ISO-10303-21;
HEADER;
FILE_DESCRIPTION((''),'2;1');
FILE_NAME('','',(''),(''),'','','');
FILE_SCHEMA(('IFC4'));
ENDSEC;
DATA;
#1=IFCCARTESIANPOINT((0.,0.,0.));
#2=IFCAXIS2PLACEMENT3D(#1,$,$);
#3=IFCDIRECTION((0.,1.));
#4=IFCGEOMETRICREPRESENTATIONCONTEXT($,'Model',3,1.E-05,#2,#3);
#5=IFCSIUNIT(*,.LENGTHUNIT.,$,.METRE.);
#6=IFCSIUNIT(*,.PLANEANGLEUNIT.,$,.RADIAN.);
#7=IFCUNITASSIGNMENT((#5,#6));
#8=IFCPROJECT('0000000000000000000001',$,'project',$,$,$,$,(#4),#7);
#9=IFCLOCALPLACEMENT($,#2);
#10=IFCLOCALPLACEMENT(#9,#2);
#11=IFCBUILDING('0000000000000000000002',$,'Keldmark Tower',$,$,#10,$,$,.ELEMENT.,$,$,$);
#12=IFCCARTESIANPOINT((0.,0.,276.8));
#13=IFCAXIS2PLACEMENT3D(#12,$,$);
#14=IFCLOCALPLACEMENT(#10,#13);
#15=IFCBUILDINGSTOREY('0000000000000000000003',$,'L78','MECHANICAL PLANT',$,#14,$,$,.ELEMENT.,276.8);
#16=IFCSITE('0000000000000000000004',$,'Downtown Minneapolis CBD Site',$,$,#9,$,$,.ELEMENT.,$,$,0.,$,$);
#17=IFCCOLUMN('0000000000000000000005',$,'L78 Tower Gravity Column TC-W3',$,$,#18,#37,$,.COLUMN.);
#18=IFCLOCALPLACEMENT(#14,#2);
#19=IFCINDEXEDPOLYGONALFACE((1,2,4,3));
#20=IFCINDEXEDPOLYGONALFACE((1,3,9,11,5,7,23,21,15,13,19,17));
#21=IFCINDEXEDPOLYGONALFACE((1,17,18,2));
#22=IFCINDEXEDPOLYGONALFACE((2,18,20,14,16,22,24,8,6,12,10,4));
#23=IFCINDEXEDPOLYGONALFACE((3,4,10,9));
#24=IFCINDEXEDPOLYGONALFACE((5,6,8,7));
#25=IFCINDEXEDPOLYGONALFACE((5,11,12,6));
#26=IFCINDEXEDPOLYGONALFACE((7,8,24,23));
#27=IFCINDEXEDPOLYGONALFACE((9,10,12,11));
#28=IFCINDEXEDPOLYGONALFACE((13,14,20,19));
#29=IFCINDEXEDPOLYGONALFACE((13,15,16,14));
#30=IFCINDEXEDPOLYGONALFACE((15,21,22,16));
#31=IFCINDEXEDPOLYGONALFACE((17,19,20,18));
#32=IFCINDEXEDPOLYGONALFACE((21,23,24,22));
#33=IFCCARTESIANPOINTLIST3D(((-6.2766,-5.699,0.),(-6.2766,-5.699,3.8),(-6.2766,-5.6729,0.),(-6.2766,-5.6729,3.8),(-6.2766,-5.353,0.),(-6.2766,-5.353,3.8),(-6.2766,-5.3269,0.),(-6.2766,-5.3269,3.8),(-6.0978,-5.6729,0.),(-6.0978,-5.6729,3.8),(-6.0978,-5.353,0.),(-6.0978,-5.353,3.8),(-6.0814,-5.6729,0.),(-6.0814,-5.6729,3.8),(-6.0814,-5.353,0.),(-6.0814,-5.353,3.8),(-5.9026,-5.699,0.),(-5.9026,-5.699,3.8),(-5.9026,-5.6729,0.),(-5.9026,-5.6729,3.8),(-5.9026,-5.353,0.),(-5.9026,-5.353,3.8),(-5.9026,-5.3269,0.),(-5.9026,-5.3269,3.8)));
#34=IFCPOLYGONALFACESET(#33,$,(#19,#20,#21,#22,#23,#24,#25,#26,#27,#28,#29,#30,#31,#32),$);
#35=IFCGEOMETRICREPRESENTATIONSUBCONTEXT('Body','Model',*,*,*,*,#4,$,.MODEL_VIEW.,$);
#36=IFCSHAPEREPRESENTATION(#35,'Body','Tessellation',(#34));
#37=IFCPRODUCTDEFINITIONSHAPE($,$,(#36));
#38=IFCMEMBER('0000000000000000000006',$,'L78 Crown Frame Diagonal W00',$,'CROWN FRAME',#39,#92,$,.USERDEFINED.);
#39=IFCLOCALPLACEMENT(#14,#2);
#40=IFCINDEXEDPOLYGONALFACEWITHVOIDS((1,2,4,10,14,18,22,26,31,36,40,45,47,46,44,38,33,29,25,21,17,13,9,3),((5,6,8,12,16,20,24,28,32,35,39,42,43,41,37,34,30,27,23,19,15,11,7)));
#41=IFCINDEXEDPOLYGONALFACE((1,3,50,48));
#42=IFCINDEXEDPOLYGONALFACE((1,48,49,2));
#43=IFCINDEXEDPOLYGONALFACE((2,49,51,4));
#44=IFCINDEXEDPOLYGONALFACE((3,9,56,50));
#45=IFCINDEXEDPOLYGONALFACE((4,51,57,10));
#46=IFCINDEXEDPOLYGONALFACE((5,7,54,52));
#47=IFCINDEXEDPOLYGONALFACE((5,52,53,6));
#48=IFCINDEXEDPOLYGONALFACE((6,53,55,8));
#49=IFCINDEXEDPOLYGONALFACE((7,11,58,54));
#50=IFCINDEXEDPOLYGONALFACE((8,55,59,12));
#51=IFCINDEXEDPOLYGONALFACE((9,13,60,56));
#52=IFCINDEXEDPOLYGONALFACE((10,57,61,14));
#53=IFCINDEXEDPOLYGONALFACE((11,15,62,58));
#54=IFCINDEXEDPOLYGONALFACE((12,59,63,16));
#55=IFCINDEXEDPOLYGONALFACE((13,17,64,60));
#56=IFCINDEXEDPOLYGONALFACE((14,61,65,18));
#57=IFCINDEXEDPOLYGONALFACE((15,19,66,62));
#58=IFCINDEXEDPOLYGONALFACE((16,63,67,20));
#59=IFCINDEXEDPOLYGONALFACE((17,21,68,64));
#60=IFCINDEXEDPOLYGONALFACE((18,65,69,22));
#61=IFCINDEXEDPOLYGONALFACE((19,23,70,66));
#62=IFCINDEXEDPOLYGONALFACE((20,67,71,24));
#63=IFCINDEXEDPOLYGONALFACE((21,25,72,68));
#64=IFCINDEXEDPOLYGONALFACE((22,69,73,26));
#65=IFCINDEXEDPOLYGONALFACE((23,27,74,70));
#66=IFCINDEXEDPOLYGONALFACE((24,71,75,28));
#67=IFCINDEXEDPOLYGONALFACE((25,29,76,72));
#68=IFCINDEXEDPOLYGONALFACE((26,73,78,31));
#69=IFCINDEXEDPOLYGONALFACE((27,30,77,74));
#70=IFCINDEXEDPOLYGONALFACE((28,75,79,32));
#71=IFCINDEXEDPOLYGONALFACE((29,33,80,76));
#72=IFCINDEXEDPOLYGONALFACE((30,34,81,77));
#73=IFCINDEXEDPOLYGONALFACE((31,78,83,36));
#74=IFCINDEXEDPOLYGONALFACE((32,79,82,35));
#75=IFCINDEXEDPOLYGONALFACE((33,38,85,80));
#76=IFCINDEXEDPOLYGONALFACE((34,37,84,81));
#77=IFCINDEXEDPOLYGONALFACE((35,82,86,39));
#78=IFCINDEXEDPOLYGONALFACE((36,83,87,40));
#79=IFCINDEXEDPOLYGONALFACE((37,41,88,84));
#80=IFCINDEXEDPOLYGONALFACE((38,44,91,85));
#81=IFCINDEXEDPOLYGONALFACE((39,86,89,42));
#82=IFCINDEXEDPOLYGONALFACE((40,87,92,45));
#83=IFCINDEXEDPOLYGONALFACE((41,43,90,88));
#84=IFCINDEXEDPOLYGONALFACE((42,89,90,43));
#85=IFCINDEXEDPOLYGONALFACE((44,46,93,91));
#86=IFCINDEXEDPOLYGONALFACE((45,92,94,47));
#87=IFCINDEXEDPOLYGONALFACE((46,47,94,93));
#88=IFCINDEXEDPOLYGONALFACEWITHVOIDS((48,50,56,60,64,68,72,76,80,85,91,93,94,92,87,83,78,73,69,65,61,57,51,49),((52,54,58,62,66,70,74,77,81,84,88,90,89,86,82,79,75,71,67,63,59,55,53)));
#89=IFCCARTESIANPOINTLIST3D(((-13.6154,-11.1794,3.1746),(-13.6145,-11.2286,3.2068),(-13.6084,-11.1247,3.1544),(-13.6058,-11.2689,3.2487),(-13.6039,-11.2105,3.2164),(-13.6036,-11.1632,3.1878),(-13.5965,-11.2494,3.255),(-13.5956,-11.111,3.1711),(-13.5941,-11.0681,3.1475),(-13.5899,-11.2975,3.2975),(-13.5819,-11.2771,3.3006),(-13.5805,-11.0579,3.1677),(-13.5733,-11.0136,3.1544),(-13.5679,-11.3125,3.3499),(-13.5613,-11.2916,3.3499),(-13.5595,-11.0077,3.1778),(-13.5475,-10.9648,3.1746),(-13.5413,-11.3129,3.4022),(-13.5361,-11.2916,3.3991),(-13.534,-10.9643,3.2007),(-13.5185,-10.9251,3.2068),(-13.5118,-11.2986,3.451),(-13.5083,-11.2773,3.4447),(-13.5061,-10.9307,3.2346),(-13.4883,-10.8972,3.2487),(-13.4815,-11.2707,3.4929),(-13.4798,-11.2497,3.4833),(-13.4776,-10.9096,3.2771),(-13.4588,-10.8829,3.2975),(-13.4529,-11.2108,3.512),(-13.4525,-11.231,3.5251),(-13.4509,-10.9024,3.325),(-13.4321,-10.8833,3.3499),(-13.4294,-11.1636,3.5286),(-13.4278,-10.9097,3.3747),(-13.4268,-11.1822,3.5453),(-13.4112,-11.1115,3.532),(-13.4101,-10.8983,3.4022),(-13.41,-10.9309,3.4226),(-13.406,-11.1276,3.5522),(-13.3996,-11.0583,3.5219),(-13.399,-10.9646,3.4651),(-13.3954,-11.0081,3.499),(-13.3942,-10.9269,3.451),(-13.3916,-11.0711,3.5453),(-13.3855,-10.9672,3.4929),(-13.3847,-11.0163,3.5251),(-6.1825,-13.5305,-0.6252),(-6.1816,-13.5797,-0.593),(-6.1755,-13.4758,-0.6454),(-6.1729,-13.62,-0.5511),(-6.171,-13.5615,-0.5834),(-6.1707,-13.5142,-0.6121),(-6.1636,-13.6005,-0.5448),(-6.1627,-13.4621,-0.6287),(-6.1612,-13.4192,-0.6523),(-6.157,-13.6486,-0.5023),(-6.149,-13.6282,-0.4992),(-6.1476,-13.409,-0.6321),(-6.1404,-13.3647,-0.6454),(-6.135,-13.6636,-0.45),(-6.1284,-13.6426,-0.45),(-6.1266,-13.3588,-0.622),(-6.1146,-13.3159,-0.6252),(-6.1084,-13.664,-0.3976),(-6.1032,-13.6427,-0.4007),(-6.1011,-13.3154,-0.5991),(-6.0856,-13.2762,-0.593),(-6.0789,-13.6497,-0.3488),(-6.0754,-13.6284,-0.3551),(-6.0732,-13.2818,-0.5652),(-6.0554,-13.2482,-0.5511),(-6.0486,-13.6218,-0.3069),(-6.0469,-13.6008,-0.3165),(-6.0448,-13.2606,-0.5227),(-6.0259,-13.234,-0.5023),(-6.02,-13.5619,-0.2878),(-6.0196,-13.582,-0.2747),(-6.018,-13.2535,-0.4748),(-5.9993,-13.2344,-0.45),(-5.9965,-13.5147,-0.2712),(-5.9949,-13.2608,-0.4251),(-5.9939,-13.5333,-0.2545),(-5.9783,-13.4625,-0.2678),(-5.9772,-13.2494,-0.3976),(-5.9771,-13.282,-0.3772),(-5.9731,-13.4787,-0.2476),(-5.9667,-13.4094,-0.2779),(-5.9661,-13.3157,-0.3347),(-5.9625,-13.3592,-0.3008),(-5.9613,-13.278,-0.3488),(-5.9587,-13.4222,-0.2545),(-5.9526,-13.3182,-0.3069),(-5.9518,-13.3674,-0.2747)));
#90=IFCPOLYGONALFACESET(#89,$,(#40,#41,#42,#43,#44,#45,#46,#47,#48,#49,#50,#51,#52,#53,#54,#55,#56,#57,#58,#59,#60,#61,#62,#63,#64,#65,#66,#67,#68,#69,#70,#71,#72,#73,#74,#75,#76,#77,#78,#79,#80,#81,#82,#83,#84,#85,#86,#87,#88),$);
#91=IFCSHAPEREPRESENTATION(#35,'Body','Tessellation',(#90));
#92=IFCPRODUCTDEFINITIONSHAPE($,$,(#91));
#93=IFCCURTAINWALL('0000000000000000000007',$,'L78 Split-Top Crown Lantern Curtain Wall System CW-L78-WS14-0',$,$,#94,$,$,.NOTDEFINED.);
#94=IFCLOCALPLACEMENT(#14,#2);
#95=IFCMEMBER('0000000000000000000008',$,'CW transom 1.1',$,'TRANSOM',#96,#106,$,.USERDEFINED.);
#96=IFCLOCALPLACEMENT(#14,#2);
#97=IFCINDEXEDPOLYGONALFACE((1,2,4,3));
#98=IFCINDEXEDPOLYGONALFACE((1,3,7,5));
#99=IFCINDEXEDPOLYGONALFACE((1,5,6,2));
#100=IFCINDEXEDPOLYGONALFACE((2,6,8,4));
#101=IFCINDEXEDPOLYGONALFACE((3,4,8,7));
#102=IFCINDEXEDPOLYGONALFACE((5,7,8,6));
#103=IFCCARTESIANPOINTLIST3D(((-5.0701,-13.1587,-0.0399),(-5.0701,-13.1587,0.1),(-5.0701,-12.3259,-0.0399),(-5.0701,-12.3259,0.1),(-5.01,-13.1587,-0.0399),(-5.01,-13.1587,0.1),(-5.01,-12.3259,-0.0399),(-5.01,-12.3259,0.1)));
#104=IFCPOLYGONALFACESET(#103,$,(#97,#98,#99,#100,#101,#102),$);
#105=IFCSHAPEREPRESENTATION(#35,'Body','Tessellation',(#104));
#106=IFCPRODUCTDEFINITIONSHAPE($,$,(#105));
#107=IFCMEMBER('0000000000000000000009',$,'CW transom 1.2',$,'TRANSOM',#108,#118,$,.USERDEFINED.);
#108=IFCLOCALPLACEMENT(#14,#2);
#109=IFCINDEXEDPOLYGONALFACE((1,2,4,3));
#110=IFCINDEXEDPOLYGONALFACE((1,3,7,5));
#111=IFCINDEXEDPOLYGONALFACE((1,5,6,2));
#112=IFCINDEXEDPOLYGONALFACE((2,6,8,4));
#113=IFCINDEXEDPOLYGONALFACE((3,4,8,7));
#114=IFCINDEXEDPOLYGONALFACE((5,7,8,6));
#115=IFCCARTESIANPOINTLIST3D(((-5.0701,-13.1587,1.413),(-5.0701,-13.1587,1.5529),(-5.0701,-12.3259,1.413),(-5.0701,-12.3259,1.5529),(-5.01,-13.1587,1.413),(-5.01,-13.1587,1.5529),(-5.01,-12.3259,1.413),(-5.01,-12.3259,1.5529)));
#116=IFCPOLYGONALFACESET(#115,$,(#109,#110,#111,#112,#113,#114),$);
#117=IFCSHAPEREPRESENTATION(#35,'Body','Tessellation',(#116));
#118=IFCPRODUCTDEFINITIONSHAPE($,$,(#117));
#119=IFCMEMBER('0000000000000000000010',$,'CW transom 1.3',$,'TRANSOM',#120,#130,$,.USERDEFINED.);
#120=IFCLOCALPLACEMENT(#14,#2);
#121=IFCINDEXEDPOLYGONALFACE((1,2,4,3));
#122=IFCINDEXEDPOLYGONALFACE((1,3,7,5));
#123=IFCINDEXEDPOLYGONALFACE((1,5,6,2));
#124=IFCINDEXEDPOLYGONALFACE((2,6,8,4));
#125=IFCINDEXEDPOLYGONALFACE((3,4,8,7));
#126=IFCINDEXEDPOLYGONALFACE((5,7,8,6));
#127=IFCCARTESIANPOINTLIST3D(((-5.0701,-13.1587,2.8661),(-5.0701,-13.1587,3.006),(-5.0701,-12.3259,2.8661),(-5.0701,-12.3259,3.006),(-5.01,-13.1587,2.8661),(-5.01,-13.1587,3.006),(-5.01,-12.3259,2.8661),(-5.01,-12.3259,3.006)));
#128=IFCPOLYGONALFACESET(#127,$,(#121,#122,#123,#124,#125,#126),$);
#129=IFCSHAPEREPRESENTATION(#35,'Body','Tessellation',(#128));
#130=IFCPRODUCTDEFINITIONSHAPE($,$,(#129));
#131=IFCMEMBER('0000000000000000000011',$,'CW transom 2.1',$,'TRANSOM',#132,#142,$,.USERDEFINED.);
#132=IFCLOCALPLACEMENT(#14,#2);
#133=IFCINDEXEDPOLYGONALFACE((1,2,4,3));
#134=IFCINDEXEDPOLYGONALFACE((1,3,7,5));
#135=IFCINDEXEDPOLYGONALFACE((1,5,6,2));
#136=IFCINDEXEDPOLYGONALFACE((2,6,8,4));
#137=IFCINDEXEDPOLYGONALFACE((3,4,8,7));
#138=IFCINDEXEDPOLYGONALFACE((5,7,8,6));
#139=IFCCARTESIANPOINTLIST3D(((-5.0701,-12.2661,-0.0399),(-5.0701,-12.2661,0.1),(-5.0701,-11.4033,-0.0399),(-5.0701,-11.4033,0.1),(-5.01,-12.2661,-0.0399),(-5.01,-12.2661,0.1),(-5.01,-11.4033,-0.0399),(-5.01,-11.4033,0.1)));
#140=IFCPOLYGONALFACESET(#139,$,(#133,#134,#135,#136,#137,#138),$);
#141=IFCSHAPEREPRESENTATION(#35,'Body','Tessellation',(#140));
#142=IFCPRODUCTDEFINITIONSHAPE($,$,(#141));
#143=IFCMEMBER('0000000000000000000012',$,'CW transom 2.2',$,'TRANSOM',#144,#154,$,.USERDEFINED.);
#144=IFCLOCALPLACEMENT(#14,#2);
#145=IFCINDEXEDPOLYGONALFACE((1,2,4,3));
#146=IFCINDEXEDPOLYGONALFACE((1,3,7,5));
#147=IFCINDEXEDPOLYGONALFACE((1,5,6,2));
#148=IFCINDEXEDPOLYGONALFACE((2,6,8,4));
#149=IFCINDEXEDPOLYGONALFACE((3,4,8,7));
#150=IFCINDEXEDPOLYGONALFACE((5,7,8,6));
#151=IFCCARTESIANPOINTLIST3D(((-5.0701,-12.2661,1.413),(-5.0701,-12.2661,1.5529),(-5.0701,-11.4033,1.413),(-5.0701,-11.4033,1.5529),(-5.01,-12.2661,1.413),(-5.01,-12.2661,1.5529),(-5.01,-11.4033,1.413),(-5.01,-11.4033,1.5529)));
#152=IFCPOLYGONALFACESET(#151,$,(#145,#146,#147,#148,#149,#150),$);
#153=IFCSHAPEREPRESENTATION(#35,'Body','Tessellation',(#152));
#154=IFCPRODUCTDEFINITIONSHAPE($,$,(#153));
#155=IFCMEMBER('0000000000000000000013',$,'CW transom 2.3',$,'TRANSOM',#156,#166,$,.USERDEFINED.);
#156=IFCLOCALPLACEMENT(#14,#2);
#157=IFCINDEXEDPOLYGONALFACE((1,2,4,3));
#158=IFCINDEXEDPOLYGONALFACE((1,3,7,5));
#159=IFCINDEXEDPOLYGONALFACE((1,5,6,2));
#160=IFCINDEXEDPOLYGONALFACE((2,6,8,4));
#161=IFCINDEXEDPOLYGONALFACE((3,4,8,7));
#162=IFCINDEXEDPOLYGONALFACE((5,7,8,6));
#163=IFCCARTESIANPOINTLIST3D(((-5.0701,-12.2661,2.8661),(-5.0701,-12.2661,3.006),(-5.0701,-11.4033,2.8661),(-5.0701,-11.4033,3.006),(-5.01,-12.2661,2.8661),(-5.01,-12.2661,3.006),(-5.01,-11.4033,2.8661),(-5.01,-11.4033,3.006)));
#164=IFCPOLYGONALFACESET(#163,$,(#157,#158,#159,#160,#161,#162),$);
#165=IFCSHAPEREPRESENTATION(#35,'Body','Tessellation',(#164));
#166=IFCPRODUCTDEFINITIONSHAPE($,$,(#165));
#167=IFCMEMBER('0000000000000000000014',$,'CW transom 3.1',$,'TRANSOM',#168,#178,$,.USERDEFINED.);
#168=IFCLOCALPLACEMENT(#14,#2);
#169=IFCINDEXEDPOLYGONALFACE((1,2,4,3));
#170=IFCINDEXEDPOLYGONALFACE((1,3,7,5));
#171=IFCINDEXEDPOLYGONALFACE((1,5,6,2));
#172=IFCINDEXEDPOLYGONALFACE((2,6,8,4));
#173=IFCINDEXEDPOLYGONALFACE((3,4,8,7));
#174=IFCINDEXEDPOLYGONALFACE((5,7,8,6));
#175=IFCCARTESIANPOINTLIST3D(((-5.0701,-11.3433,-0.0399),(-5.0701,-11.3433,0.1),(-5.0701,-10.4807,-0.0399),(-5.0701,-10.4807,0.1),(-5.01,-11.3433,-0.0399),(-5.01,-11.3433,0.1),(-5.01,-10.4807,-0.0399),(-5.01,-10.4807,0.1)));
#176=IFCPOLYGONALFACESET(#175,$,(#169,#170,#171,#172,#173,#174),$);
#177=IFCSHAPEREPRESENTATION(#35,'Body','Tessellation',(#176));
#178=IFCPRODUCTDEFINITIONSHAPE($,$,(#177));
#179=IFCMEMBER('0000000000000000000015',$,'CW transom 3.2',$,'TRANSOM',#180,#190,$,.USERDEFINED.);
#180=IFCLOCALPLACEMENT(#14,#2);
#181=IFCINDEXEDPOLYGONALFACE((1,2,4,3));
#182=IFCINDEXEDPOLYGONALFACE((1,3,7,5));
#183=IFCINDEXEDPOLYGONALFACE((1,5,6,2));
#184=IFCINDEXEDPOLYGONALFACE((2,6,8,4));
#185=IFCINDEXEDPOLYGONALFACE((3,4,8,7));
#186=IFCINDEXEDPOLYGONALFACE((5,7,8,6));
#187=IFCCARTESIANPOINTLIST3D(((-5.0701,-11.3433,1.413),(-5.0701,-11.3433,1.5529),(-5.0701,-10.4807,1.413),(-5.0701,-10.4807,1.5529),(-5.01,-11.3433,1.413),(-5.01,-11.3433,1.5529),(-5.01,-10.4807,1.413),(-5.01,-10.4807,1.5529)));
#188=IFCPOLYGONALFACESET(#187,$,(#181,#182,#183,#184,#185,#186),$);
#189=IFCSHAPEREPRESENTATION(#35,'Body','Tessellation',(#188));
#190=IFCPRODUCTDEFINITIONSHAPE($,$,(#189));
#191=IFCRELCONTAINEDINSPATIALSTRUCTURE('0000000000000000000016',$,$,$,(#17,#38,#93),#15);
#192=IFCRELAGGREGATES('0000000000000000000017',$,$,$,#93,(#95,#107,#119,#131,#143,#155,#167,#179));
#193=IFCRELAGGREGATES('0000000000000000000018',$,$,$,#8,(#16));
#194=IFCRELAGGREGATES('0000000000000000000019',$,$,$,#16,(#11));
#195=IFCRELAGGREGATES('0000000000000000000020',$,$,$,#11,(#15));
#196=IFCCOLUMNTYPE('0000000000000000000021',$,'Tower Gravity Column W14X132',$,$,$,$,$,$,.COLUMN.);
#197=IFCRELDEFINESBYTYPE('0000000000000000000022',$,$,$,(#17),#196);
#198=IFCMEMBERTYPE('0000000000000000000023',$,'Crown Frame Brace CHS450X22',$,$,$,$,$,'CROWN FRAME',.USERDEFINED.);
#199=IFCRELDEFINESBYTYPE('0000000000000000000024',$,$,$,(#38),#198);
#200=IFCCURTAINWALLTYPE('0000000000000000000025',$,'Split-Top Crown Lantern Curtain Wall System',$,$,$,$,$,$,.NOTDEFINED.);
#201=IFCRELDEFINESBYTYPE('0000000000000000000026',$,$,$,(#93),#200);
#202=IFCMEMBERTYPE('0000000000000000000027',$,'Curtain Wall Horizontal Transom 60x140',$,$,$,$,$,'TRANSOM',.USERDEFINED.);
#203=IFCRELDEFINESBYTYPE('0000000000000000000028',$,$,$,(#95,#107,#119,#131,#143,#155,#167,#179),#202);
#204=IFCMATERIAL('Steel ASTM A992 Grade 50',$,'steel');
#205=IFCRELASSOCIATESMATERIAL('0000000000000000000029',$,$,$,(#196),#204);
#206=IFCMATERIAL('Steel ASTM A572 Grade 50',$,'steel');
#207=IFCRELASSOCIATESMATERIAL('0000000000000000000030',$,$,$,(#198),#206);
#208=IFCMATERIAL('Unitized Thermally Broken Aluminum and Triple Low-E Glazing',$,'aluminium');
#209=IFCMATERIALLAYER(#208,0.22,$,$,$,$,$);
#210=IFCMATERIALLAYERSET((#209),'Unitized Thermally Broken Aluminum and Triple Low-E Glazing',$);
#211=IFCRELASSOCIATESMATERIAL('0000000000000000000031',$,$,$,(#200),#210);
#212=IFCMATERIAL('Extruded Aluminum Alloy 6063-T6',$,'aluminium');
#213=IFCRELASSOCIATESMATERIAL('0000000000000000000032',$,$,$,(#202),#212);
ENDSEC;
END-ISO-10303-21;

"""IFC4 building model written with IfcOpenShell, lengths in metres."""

from ifc_helpers import new_model, si_unit, direction, frame, origin, origin_2d, place, context, subcontext, project, spatial, rectangle, hollow_circle, i_section, extrude, material, layer, layer_set, material_profile, profile_set, type_object, element, aggregate, save


model = new_model("IFC4")

# Units and contexts
model_context = context("Model", 3, precision=1e-05, world=origin(), true_north=direction((0.0, 1.0)))
body_context = subcontext(model_context, "Body", "Model", "MODEL_VIEW")
ifc_project = project(units=[si_unit("LENGTHUNIT", "METRE"), si_unit("PLANEANGLEUNIT", "RADIAN")], contexts=[model_context])

# Site, building, storey
site_placement = place(None, origin())
site = spatial("IfcSite", under=ifc_project, at=site_placement, Name="Downtown Minneapolis CBD Site", CompositionType="ELEMENT", RefElevation=0.0)
building_placement = place(site_placement, origin())
building = spatial("IfcBuilding", under=site, at=building_placement, Name="Keldmark Tower", CompositionType="ELEMENT")
storey_placement = place(building_placement, frame((0.0, 0.0, 276.8)))
storey = spatial("IfcBuildingStorey", under=building, at=storey_placement, Name="L78", Description="MECHANICAL PLANT", CompositionType="ELEMENT", Elevation=276.8)

# Column
ifc_material_1 = material(Name="Steel ASTM A992 Grade 50", Category="steel")
ifc_material_profile_1 = material_profile(ifc_material_1, i_section(OverallWidth=0.374, OverallDepth=0.3721, WebThickness=0.0164, FlangeThickness=0.0261, at=origin_2d()), Name="W14X132")
ifc_profile_set_1 = profile_set([ifc_material_profile_1], Name="Steel ASTM A992 Grade 50")
column_type = type_object("IfcColumnType", Name="Tower Gravity Column W14X132", PredefinedType="COLUMN", material=ifc_profile_set_1)
column_placement = place(storey_placement, frame((-6.0896, -5.5129, 0.0), z_axis=(0.0, 0.0, 1.0), x_axis=(1.0, 0.0, 0.0)))
element("IfcColumn", 1, at=column_placement, inside=storey, type_object=column_type, Name="L78 Tower Gravity Column TC-W3", PredefinedType="COLUMN", context=body_context, shape_type="SweptSolid", body=[
    extrude(i_section(OverallWidth=0.374, OverallDepth=0.3721, WebThickness=0.0164, FlangeThickness=0.0261, at=origin_2d()), origin(), (0.0, 0.0, 1.0), 3.8),
])

# Member
ifc_material_2 = material(Name="Steel ASTM A572 Grade 50", Category="steel")
ifc_material_profile_2 = material_profile(ifc_material_2, hollow_circle(Radius=0.2251, WallThickness=0.022, at=origin_2d()), Name="CHS450X22")
ifc_profile_set_2 = profile_set([ifc_material_profile_2], Name="Steel ASTM A572 Grade 50")
member_type_1 = type_object("IfcMemberType", Name="Crown Frame Brace CHS450X22", ElementType="CROWN FRAME", PredefinedType="USERDEFINED", material=ifc_profile_set_2)
member_1_placement = place(storey_placement, frame((-6.0671, -13.449, -0.45), z_axis=(-0.857054, 0.271093, 0.43814), x_axis=(-0.301581, -0.953441, 0.0)))
element("IfcMember", 2, at=member_1_placement, inside=storey, type_object=member_type_1, Name="L78 Crown Frame Diagonal W00", ObjectType="CROWN FRAME", PredefinedType="USERDEFINED", context=body_context, shape_type="SweptSolid", body=[
    extrude(hollow_circle(Radius=0.2251, WallThickness=0.022, at=origin_2d()), origin(), (0.0, 0.0, 1.0), 8.6726),
])

# Curtain wall, members
ifc_material_3 = material(Name="Unitized Thermally Broken Aluminum and Triple Low-E Glazing", Category="aluminium")
ifc_layer_1 = layer(ifc_material_3, 0.22)
ifc_layer_set_1 = layer_set([ifc_layer_1], Name="Unitized Thermally Broken Aluminum and Triple Low-E Glazing")
curtain_wall_type = type_object("IfcCurtainWallType", Name="Split-Top Crown Lantern Curtain Wall System", PredefinedType="NOTDEFINED", material=ifc_layer_set_1)
curtain_wall_placement = place(storey_placement, origin())
curtain_wall = element("IfcCurtainWall", 3, at=curtain_wall_placement, inside=storey, type_object=curtain_wall_type, Name="L78 Split-Top Crown Lantern Curtain Wall System CW-L78-WS14-0", PredefinedType="NOTDEFINED")
ifc_material_4 = material(Name="Extruded Aluminum Alloy 6063-T6", Category="aluminium")
ifc_material_profile_3 = material_profile(ifc_material_4, rectangle(XDim=0.0601, YDim=0.1399, at=origin_2d()), Name="CWT60X140")
ifc_profile_set_3 = profile_set([ifc_material_profile_3], Name="Extruded Aluminum Alloy 6063-T6")
member_type_2 = type_object("IfcMemberType", Name="Curtain Wall Horizontal Transom 60x140", ElementType="TRANSOM", PredefinedType="USERDEFINED", material=ifc_profile_set_3)
member_2_placement = place(storey_placement, frame((-5.04, -13.1587, 0.03), z_axis=(0.0, 1.0, 0.0), x_axis=(-1.0, 0.0, 0.0)))
member_2 = element("IfcMember", 4, at=member_2_placement, type_object=member_type_2, Name="CW transom 1.1", ObjectType="TRANSOM", PredefinedType="USERDEFINED", context=body_context, shape_type="SweptSolid", body=[
    extrude(rectangle(XDim=0.0601, YDim=0.1399, at=origin_2d()), origin(), (0.0, 0.0, 1.0), 0.8328),
])
member_3_placement = place(storey_placement, frame((-5.04, -13.1587, 1.4829), z_axis=(0.0, 1.0, 0.0), x_axis=(-1.0, 0.0, 0.0)))
member_3 = element("IfcMember", 5, at=member_3_placement, type_object=member_type_2, Name="CW transom 1.2", ObjectType="TRANSOM", PredefinedType="USERDEFINED", context=body_context, shape_type="SweptSolid", body=[
    extrude(rectangle(XDim=0.0601, YDim=0.1399, at=origin_2d()), origin(), (0.0, 0.0, 1.0), 0.8328),
])
member_4_placement = place(storey_placement, frame((-5.04, -13.1587, 2.936), z_axis=(0.0, 1.0, 0.0), x_axis=(-1.0, 0.0, 0.0)))
member_4 = element("IfcMember", 6, at=member_4_placement, type_object=member_type_2, Name="CW transom 1.3", ObjectType="TRANSOM", PredefinedType="USERDEFINED", context=body_context, shape_type="SweptSolid", body=[
    extrude(rectangle(XDim=0.0601, YDim=0.1399, at=origin_2d()), origin(), (0.0, 0.0, 1.0), 0.8328),
])
member_5_placement = place(storey_placement, frame((-5.04, -12.2661, 0.03), z_axis=(0.0, 1.0, 0.0), x_axis=(-1.0, 0.0, 0.0)))
member_5 = element("IfcMember", 7, at=member_5_placement, type_object=member_type_2, Name="CW transom 2.1", ObjectType="TRANSOM", PredefinedType="USERDEFINED", context=body_context, shape_type="SweptSolid", body=[
    extrude(rectangle(XDim=0.0601, YDim=0.1399, at=origin_2d()), origin(), (0.0, 0.0, 1.0), 0.8628),
])
member_6_placement = place(storey_placement, frame((-5.04, -12.2661, 1.4829), z_axis=(0.0, 1.0, 0.0), x_axis=(-1.0, 0.0, 0.0)))
member_6 = element("IfcMember", 8, at=member_6_placement, type_object=member_type_2, Name="CW transom 2.2", ObjectType="TRANSOM", PredefinedType="USERDEFINED", context=body_context, shape_type="SweptSolid", body=[
    extrude(rectangle(XDim=0.0601, YDim=0.1399, at=origin_2d()), origin(), (0.0, 0.0, 1.0), 0.8628),
])
member_7_placement = place(storey_placement, frame((-5.04, -12.2661, 2.936), z_axis=(0.0, 1.0, 0.0), x_axis=(-1.0, 0.0, 0.0)))
member_7 = element("IfcMember", 9, at=member_7_placement, type_object=member_type_2, Name="CW transom 2.3", ObjectType="TRANSOM", PredefinedType="USERDEFINED", context=body_context, shape_type="SweptSolid", body=[
    extrude(rectangle(XDim=0.0601, YDim=0.1399, at=origin_2d()), origin(), (0.0, 0.0, 1.0), 0.8628),
])
member_8_placement = place(storey_placement, frame((-5.04, -11.3433, 0.03), z_axis=(0.0, 1.0, 0.0), x_axis=(-1.0, 0.0, 0.0)))
member_8 = element("IfcMember", 10, at=member_8_placement, type_object=member_type_2, Name="CW transom 3.1", ObjectType="TRANSOM", PredefinedType="USERDEFINED", context=body_context, shape_type="SweptSolid", body=[
    extrude(rectangle(XDim=0.0601, YDim=0.1399, at=origin_2d()), origin(), (0.0, 0.0, 1.0), 0.8625),
])
member_9_placement = place(storey_placement, frame((-5.04, -11.3433, 1.4829), z_axis=(0.0, 1.0, 0.0), x_axis=(-1.0, 0.0, 0.0)))
member_9 = element("IfcMember", 11, at=member_9_placement, type_object=member_type_2, Name="CW transom 3.2", ObjectType="TRANSOM", PredefinedType="USERDEFINED", context=body_context, shape_type="SweptSolid", body=[
    extrude(rectangle(XDim=0.0601, YDim=0.1399, at=origin_2d()), origin(), (0.0, 0.0, 1.0), 0.8625),
])

aggregate(curtain_wall, [member_2, member_3, member_4, member_5, member_6, member_7, member_8, member_9])

save(model, "model.ifc")
